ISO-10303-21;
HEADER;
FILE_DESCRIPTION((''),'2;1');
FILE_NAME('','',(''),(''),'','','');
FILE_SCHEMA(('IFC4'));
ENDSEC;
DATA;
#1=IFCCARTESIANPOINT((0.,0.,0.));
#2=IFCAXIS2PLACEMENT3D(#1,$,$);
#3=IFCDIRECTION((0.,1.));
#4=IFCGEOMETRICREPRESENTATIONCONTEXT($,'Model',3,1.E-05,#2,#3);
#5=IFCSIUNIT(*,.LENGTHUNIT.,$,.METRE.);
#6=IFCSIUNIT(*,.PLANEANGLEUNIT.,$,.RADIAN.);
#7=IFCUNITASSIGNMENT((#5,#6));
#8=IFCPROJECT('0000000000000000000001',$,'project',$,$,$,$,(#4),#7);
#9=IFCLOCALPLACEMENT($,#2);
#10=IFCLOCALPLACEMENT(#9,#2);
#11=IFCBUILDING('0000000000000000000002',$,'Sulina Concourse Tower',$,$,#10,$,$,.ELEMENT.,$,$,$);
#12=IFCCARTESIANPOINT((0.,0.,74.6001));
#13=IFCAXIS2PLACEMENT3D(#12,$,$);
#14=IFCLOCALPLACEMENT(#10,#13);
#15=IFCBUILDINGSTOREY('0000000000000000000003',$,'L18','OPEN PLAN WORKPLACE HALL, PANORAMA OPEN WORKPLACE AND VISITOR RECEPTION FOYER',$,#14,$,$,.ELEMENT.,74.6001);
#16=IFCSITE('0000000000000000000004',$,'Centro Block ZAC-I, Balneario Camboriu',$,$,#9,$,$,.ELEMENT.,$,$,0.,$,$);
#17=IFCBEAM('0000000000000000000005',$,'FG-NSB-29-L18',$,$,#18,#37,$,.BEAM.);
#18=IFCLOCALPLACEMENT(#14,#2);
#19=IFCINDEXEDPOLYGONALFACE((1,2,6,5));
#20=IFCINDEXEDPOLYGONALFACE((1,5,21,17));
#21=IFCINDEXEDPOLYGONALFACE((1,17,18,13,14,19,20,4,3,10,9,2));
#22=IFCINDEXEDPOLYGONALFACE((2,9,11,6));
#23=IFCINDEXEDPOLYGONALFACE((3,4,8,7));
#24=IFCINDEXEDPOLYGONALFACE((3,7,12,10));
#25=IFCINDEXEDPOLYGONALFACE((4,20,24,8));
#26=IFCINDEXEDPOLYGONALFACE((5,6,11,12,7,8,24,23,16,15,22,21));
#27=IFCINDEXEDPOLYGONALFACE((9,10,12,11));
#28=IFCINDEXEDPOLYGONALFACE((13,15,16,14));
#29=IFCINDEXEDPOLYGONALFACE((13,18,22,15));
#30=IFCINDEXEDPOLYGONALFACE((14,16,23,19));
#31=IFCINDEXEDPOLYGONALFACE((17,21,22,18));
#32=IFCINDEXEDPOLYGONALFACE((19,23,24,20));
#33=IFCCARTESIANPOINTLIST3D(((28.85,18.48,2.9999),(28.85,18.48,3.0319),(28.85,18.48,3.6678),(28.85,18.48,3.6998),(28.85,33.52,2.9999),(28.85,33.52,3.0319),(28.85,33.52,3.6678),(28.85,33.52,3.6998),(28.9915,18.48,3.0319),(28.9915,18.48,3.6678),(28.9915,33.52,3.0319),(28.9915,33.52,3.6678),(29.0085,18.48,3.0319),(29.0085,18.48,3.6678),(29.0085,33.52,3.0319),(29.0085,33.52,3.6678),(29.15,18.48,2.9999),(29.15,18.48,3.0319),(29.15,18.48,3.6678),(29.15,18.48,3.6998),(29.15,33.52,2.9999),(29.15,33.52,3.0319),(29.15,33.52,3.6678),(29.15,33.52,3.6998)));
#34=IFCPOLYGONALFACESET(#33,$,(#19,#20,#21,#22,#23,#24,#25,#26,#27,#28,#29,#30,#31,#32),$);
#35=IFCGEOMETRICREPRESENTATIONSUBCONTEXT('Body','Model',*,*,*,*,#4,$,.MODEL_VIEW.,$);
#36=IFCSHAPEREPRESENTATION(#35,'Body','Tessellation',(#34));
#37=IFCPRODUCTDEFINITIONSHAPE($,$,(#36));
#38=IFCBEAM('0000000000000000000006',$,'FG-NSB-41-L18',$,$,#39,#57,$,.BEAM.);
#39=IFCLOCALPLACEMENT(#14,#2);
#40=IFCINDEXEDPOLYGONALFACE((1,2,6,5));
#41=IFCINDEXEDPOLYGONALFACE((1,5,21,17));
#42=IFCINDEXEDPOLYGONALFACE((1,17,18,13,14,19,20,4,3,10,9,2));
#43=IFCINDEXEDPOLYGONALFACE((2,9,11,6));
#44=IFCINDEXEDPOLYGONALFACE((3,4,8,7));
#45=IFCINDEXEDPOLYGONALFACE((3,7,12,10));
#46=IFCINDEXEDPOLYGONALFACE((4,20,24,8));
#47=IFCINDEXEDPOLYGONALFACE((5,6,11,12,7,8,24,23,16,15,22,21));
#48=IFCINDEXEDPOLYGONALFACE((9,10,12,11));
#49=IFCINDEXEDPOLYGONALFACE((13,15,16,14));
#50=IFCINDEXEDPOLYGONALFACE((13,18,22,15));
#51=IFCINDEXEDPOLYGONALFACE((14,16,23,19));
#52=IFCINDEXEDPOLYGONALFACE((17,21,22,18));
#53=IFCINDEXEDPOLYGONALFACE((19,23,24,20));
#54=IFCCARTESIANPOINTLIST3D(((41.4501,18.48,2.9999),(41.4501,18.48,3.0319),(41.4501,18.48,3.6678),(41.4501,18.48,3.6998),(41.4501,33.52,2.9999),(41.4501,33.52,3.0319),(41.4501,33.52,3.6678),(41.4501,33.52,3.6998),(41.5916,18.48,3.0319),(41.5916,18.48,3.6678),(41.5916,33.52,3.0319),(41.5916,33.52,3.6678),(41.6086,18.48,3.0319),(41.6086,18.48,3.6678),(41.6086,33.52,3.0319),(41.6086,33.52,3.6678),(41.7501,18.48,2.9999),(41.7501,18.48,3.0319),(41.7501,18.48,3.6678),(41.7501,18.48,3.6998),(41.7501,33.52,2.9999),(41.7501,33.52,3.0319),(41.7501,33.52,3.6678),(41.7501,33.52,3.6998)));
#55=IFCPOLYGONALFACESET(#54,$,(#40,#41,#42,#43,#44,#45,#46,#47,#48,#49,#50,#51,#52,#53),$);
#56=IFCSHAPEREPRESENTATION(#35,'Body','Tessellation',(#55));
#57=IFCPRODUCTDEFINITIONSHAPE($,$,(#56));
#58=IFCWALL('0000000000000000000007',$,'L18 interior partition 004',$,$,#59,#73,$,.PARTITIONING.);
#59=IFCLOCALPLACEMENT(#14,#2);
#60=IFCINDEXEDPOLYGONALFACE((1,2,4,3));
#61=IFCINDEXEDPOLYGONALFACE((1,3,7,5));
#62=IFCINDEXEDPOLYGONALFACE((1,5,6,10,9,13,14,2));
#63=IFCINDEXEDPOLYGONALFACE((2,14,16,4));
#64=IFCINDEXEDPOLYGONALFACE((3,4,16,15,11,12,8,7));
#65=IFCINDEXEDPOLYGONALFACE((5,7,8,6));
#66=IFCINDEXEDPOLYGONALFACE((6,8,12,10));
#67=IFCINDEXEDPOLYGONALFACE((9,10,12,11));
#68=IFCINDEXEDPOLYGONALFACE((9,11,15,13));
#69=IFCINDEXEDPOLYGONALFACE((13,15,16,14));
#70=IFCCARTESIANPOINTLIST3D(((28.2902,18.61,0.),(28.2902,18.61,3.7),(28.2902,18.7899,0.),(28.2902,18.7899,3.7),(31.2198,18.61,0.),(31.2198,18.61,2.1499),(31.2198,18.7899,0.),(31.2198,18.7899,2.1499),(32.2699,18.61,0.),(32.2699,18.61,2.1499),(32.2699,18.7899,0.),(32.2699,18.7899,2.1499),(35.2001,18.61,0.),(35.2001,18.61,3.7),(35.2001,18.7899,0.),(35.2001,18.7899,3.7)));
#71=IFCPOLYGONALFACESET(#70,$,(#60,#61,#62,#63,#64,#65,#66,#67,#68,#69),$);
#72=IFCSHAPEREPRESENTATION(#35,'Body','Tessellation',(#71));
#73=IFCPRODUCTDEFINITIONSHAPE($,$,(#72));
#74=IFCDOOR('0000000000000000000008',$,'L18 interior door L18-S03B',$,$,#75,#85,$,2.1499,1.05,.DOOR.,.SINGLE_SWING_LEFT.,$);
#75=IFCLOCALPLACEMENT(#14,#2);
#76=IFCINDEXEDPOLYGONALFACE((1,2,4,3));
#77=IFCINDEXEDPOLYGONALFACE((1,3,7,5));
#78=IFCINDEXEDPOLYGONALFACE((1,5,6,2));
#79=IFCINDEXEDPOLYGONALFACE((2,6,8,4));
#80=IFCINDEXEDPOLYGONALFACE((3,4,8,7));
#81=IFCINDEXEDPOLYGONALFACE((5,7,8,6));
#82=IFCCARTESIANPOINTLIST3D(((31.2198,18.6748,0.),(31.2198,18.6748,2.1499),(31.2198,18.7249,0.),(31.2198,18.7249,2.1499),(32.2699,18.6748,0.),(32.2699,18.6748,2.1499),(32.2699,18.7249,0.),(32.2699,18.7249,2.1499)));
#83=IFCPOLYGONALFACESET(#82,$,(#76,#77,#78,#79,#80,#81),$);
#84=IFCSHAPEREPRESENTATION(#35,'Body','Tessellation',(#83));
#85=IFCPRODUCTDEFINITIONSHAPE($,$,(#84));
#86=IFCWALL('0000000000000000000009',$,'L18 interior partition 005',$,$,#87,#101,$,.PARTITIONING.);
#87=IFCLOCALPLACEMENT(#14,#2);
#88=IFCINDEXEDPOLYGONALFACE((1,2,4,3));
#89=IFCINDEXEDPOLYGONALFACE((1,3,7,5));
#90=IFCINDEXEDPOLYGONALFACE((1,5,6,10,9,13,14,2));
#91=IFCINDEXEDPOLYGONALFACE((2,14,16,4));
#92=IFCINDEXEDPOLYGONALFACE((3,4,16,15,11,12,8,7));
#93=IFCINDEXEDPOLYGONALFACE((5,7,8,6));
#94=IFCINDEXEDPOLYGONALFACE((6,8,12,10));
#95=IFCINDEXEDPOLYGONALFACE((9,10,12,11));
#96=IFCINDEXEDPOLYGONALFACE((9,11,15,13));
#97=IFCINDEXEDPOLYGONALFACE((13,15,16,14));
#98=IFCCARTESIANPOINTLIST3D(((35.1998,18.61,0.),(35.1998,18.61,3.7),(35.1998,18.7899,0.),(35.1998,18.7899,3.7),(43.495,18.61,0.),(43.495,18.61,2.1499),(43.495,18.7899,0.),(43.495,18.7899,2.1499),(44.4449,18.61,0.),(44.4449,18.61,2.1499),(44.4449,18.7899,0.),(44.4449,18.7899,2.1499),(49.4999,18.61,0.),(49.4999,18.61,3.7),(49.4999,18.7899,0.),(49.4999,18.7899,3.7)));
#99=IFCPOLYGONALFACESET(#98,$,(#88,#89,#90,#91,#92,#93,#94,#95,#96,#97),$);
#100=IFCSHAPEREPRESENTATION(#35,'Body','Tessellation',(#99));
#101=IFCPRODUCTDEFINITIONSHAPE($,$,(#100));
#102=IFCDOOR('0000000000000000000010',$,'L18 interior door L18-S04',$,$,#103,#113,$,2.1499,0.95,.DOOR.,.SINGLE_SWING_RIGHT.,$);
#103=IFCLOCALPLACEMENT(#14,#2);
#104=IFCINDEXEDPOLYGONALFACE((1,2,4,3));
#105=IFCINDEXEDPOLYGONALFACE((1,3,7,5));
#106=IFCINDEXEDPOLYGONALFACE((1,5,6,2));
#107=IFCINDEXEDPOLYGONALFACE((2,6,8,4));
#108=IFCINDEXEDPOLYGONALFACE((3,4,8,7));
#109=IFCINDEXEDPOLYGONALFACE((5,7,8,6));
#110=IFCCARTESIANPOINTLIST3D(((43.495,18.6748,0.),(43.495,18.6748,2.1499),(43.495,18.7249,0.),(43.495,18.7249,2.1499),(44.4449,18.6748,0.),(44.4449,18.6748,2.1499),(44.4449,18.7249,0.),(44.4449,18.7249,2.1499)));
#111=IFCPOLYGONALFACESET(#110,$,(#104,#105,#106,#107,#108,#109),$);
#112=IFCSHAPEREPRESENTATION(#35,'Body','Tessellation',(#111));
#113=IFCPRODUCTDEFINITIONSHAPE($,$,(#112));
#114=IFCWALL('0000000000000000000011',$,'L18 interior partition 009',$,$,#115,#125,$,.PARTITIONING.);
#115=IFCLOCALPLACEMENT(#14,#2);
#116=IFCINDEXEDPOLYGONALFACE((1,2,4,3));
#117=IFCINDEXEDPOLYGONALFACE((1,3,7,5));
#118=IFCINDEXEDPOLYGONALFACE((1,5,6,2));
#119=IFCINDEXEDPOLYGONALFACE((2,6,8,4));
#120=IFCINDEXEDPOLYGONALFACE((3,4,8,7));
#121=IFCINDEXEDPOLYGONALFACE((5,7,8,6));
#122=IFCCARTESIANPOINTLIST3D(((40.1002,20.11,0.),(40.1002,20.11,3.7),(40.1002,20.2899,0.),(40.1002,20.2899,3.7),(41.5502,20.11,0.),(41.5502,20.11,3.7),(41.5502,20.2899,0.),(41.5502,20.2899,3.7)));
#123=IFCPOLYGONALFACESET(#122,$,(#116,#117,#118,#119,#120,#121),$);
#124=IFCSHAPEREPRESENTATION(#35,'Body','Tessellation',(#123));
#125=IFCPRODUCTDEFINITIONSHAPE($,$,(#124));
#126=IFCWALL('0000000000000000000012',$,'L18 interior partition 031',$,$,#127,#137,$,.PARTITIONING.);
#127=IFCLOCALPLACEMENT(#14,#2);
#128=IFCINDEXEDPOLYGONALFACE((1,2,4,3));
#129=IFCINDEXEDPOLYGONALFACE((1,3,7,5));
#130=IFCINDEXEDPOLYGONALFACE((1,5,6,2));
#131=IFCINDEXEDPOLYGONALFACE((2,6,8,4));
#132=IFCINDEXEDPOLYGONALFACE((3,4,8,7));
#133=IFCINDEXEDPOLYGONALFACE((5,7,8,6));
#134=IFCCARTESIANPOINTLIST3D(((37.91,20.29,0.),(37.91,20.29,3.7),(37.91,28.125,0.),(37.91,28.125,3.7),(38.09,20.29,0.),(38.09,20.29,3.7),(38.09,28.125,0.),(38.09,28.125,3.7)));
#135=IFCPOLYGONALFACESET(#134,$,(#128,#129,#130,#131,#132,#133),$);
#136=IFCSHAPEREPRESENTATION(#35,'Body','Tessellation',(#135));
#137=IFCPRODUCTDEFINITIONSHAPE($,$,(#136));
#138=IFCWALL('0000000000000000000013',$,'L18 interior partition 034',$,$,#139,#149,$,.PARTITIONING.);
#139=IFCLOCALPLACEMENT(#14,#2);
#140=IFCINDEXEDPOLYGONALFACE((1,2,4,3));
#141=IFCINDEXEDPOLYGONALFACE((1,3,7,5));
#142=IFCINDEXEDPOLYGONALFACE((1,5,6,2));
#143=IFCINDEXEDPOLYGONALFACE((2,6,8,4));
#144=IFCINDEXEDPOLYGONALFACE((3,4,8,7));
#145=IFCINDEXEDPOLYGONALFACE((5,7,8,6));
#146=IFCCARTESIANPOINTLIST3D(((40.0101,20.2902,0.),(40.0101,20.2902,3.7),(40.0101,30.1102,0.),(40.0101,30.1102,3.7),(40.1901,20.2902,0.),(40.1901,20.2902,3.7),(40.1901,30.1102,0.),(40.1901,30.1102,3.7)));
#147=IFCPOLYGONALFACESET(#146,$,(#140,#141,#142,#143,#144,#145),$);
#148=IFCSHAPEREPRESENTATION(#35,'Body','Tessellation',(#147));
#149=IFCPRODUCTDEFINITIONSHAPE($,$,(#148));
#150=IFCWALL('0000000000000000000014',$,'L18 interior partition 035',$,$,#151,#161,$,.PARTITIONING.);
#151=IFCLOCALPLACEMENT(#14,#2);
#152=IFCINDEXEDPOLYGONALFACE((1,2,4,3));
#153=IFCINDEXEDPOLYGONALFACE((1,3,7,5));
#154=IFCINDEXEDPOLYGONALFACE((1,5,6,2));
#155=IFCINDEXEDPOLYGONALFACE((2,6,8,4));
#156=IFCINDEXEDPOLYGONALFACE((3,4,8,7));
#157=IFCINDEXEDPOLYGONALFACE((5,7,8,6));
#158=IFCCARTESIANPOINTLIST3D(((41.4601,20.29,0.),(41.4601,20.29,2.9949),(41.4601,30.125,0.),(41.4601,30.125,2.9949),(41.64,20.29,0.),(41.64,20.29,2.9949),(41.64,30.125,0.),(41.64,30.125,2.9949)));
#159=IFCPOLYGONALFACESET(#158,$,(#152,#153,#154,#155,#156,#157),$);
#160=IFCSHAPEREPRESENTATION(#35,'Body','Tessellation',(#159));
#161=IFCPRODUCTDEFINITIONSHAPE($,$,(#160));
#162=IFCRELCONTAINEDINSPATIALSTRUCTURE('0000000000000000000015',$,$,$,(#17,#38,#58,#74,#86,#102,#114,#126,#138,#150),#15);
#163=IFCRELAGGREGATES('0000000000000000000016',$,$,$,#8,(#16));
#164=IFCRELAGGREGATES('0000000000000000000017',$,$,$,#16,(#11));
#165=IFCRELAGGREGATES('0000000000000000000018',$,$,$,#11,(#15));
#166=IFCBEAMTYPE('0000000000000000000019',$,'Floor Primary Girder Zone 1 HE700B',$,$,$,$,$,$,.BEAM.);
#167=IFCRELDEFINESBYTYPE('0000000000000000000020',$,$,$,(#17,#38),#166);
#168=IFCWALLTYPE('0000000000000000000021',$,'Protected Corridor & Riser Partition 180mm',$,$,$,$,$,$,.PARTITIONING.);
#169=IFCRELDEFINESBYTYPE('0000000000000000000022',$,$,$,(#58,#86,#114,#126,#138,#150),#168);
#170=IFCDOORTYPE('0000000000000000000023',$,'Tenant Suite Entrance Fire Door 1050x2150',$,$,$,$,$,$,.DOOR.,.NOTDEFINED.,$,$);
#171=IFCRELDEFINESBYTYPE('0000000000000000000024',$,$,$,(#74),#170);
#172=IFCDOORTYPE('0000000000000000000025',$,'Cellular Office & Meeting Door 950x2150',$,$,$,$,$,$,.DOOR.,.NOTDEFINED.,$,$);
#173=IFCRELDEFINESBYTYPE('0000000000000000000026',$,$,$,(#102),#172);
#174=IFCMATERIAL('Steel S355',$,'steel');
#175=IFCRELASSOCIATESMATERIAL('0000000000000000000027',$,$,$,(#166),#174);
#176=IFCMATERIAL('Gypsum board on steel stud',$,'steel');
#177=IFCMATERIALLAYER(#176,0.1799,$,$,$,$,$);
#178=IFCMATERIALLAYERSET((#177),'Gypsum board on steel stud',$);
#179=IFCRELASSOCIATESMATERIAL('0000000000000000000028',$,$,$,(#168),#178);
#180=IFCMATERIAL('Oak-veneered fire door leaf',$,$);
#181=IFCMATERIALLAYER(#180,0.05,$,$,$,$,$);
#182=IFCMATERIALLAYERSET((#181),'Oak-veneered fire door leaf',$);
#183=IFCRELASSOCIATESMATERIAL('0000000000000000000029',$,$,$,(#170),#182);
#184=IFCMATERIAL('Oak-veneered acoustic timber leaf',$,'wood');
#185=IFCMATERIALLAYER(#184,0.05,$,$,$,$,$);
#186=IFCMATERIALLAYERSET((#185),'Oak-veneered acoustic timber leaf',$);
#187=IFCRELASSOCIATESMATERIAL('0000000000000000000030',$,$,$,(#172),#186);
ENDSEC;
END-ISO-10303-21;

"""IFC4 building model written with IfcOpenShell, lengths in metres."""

from ifc_helpers import new_model, si_unit, direction, frame, frame_2d, origin, origin_2d, place, context, subcontext, project, spatial, rectangle, i_section, extrude, material, layer, layer_set, material_profile, profile_set, type_object, element, fill, save


model = new_model("IFC4")

# Units and contexts
model_context = context("Model", 3, precision=1e-05, world=origin(), true_north=direction((0.0, 1.0)))
body_context = subcontext(model_context, "Body", "Model", "MODEL_VIEW")
ifc_project = project(units=[si_unit("LENGTHUNIT", "METRE"), si_unit("PLANEANGLEUNIT", "RADIAN")], contexts=[model_context])

# Site, building, storey
site_placement = place(None, origin())
site = spatial("IfcSite", under=ifc_project, at=site_placement, Name="Centro Block ZAC-I, Balneario Camboriu", CompositionType="ELEMENT", RefElevation=0.0)
building_placement = place(site_placement, origin())
building = spatial("IfcBuilding", under=site, at=building_placement, Name="Sulina Concourse Tower", CompositionType="ELEMENT")
storey_placement = place(building_placement, frame((0.0, 0.0, 74.6001)))
storey = spatial("IfcBuildingStorey", under=building, at=storey_placement, Name="L18", Description="OPEN PLAN WORKPLACE HALL, PANORAMA OPEN WORKPLACE AND VISITOR RECEPTION FOYER", CompositionType="ELEMENT", Elevation=74.6001)

# Beams
ifc_material_1 = material(Name="Steel S355", Category="steel")
ifc_material_profile_1 = material_profile(ifc_material_1, i_section(OverallWidth=0.3, OverallDepth=0.7, WebThickness=0.0171, FlangeThickness=0.032, at=origin_2d()), Name="HE 700 B")
ifc_profile_set_1 = profile_set([ifc_material_profile_1], Name="Steel S355")
beam_type_1 = type_object("IfcBeamType", Name="Floor Primary Girder Zone 1 HE700B", PredefinedType="BEAM", material=ifc_profile_set_1)
for number, where, z_axis, x_axis, name in (
    (1, (29.0, 18.48, 3.3499), (0.0, 1.0, 0.0), (-1.0, 0.0, 0.0), "FG-NSB-29-L18"),
    (2, (41.6001, 18.48, 3.3499), (0.0, 1.0, 0.0), (-1.0, 0.0, 0.0), "FG-NSB-41-L18"),
):
    element("IfcBeam", number, at=place(storey_placement, frame(where, z_axis=z_axis, x_axis=x_axis)), inside=storey, type_object=beam_type_1, Name=name, PredefinedType="BEAM", context=body_context, shape_type="SweptSolid", body=[
        extrude(i_section(OverallWidth=0.3, OverallDepth=0.7, WebThickness=0.0171, FlangeThickness=0.032, at=origin_2d()), origin(), (0.0, 0.0, 1.0), 15.04),
    ])

# Walls, openings, doors
ifc_material_2 = material(Name="Gypsum board on steel stud", Category="steel")
ifc_layer_1 = layer(ifc_material_2, 0.1799)
ifc_layer_set_1 = layer_set([ifc_layer_1], Name="Gypsum board on steel stud")
wall_type = type_object("IfcWallType", Name="Protected Corridor & Riser Partition 180mm", PredefinedType="PARTITIONING", material=ifc_layer_set_1)
wall_1_placement = place(storey_placement, frame((28.29, 18.7, 0.0), z_axis=(0.0, 0.0, 1.0), x_axis=(1.0, 0.0, 0.0)))
wall_1 = element("IfcWall", 3, at=wall_1_placement, inside=storey, type_object=wall_type, Name="L18 interior partition 004", PredefinedType="PARTITIONING", context=body_context, shape_type="SweptSolid", body=[
    extrude(rectangle(XDim=6.9099, YDim=0.1799, at=frame_2d((3.4551, 0.0))), origin(), (0.0, 0.0, 1.0), 3.7),
])
opening_1_placement = place(wall_1_placement, frame((2.9299, 0.0, 0.0)))
opening_1 = element("IfcOpeningElement", 4, at=opening_1_placement, cuts=wall_1, PredefinedType="OPENING", context=body_context, shape_type="SweptSolid", body=[
    extrude(rectangle(XDim=1.05, YDim=2.1499, at=frame_2d((0.5249, 1.075))), frame((0.0, 0.0999, 0.0), z_axis=(0.0, -1.0, 0.0), x_axis=(1.0, 0.0, 0.0)), (0.0, 0.0, 1.0), 0.2),
])
ifc_material_3 = material(Name="Oak-veneered fire door leaf")
ifc_layer_2 = layer(ifc_material_3, 0.05)
ifc_layer_set_2 = layer_set([ifc_layer_2], Name="Oak-veneered fire door leaf")
door_type_1 = type_object("IfcDoorType", Name="Tenant Suite Entrance Fire Door 1050x2150", OperationType="NOTDEFINED", PredefinedType="DOOR", material=ifc_layer_set_2)
door_1_placement = place(opening_1_placement, origin())
door_1 = element("IfcDoor", 5, at=door_1_placement, inside=storey, type_object=door_type_1, Name="L18 interior door L18-S03B", OperationType="SINGLE_SWING_LEFT", OverallHeight=2.1499, OverallWidth=1.05, PredefinedType="DOOR", context=body_context, shape_type="SweptSolid", body=[
    extrude(rectangle(XDim=1.05, YDim=2.1499, at=frame_2d((0.5249, 1.075))), frame((0.0, 0.0249, 0.0), z_axis=(0.0, -1.0, 0.0), x_axis=(1.0, 0.0, 0.0)), (0.0, 0.0, 1.0), 0.05),
])
fill(opening_1, door_1)
wall_2_placement = place(storey_placement, frame((35.2, 18.7, 0.0), z_axis=(0.0, 0.0, 1.0), x_axis=(1.0, 0.0, 0.0)))
wall_2 = element("IfcWall", 6, at=wall_2_placement, inside=storey, type_object=wall_type, Name="L18 interior partition 005", PredefinedType="PARTITIONING", context=body_context, shape_type="SweptSolid", body=[
    extrude(rectangle(XDim=14.3, YDim=0.1799, at=frame_2d((7.1499, 0.0))), origin(), (0.0, 0.0, 1.0), 3.7),
])
opening_2_placement = place(wall_2_placement, frame((8.2949, 0.0, 0.0)))
opening_2 = element("IfcOpeningElement", 7, at=opening_2_placement, cuts=wall_2, PredefinedType="OPENING", context=body_context, shape_type="SweptSolid", body=[
    extrude(rectangle(XDim=0.95, YDim=2.1499, at=frame_2d((0.4751, 1.075))), frame((0.0, 0.0999, 0.0), z_axis=(0.0, -1.0, 0.0), x_axis=(1.0, 0.0, 0.0)), (0.0, 0.0, 1.0), 0.2),
])
ifc_material_4 = material(Name="Oak-veneered acoustic timber leaf", Category="wood")
ifc_layer_3 = layer(ifc_material_4, 0.05)
ifc_layer_set_3 = layer_set([ifc_layer_3], Name="Oak-veneered acoustic timber leaf")
door_type_2 = type_object("IfcDoorType", Name="Cellular Office & Meeting Door 950x2150", OperationType="NOTDEFINED", PredefinedType="DOOR", material=ifc_layer_set_3)
door_2_placement = place(opening_2_placement, origin())
door_2 = element("IfcDoor", 8, at=door_2_placement, inside=storey, type_object=door_type_2, Name="L18 interior door L18-S04", OperationType="SINGLE_SWING_RIGHT", OverallHeight=2.1499, OverallWidth=0.95, PredefinedType="DOOR", context=body_context, shape_type="SweptSolid", body=[
    extrude(rectangle(XDim=0.95, YDim=2.1499, at=frame_2d((0.4751, 1.075))), frame((0.0, 0.0249, 0.0), z_axis=(0.0, -1.0, 0.0), x_axis=(1.0, 0.0, 0.0)), (0.0, 0.0, 1.0), 0.05),
])
fill(opening_2, door_2)

# Wall
wall_3_placement = place(storey_placement, frame((40.1001, 20.2, 0.0), z_axis=(0.0, 0.0, 1.0), x_axis=(1.0, 0.0, 0.0)))
element("IfcWall", 9, at=wall_3_placement, inside=storey, type_object=wall_type, Name="L18 interior partition 009", PredefinedType="PARTITIONING", context=body_context, shape_type="SweptSolid", body=[
    extrude(rectangle(XDim=1.45, YDim=0.1799, at=frame_2d((0.7251, 0.0))), origin(), (0.0, 0.0, 1.0), 3.7),
])

# Wall
wall_4_placement = place(storey_placement, frame((38.0, 20.29, 0.0), z_axis=(0.0, 0.0, 1.0), x_axis=(0.0, 1.0, 0.0)))
element("IfcWall", 10, at=wall_4_placement, inside=storey, type_object=wall_type, Name="L18 interior partition 031", PredefinedType="PARTITIONING", context=body_context, shape_type="SweptSolid", body=[
    extrude(rectangle(XDim=7.835, YDim=0.1799, at=frame_2d((3.9175, 0.0))), origin(), (0.0, 0.0, 1.0), 3.7),
])

# Walls
wall_5_placement = place(storey_placement, frame((40.1001, 20.29, 0.0), z_axis=(0.0, 0.0, 1.0), x_axis=(0.0, 1.0, 0.0)))
element("IfcWall", 11, at=wall_5_placement, inside=storey, type_object=wall_type, Name="L18 interior partition 034", PredefinedType="PARTITIONING", context=body_context, shape_type="SweptSolid", body=[
    extrude(rectangle(XDim=9.8201, YDim=0.1799, at=frame_2d((4.9102, 0.0))), origin(), (0.0, 0.0, 1.0), 3.7),
])
wall_6_placement = place(storey_placement, frame((41.55, 20.29, 0.0), z_axis=(0.0, 0.0, 1.0), x_axis=(0.0, 1.0, 0.0)))
element("IfcWall", 12, at=wall_6_placement, inside=storey, type_object=wall_type, Name="L18 interior partition 035", PredefinedType="PARTITIONING", context=body_context, shape_type="SweptSolid", body=[
    extrude(rectangle(XDim=9.835, YDim=0.1799, at=frame_2d((4.9175, 0.0))), origin(), (0.0, 0.0, 1.0), 2.9949),
])

save(model, "model.ifc")
